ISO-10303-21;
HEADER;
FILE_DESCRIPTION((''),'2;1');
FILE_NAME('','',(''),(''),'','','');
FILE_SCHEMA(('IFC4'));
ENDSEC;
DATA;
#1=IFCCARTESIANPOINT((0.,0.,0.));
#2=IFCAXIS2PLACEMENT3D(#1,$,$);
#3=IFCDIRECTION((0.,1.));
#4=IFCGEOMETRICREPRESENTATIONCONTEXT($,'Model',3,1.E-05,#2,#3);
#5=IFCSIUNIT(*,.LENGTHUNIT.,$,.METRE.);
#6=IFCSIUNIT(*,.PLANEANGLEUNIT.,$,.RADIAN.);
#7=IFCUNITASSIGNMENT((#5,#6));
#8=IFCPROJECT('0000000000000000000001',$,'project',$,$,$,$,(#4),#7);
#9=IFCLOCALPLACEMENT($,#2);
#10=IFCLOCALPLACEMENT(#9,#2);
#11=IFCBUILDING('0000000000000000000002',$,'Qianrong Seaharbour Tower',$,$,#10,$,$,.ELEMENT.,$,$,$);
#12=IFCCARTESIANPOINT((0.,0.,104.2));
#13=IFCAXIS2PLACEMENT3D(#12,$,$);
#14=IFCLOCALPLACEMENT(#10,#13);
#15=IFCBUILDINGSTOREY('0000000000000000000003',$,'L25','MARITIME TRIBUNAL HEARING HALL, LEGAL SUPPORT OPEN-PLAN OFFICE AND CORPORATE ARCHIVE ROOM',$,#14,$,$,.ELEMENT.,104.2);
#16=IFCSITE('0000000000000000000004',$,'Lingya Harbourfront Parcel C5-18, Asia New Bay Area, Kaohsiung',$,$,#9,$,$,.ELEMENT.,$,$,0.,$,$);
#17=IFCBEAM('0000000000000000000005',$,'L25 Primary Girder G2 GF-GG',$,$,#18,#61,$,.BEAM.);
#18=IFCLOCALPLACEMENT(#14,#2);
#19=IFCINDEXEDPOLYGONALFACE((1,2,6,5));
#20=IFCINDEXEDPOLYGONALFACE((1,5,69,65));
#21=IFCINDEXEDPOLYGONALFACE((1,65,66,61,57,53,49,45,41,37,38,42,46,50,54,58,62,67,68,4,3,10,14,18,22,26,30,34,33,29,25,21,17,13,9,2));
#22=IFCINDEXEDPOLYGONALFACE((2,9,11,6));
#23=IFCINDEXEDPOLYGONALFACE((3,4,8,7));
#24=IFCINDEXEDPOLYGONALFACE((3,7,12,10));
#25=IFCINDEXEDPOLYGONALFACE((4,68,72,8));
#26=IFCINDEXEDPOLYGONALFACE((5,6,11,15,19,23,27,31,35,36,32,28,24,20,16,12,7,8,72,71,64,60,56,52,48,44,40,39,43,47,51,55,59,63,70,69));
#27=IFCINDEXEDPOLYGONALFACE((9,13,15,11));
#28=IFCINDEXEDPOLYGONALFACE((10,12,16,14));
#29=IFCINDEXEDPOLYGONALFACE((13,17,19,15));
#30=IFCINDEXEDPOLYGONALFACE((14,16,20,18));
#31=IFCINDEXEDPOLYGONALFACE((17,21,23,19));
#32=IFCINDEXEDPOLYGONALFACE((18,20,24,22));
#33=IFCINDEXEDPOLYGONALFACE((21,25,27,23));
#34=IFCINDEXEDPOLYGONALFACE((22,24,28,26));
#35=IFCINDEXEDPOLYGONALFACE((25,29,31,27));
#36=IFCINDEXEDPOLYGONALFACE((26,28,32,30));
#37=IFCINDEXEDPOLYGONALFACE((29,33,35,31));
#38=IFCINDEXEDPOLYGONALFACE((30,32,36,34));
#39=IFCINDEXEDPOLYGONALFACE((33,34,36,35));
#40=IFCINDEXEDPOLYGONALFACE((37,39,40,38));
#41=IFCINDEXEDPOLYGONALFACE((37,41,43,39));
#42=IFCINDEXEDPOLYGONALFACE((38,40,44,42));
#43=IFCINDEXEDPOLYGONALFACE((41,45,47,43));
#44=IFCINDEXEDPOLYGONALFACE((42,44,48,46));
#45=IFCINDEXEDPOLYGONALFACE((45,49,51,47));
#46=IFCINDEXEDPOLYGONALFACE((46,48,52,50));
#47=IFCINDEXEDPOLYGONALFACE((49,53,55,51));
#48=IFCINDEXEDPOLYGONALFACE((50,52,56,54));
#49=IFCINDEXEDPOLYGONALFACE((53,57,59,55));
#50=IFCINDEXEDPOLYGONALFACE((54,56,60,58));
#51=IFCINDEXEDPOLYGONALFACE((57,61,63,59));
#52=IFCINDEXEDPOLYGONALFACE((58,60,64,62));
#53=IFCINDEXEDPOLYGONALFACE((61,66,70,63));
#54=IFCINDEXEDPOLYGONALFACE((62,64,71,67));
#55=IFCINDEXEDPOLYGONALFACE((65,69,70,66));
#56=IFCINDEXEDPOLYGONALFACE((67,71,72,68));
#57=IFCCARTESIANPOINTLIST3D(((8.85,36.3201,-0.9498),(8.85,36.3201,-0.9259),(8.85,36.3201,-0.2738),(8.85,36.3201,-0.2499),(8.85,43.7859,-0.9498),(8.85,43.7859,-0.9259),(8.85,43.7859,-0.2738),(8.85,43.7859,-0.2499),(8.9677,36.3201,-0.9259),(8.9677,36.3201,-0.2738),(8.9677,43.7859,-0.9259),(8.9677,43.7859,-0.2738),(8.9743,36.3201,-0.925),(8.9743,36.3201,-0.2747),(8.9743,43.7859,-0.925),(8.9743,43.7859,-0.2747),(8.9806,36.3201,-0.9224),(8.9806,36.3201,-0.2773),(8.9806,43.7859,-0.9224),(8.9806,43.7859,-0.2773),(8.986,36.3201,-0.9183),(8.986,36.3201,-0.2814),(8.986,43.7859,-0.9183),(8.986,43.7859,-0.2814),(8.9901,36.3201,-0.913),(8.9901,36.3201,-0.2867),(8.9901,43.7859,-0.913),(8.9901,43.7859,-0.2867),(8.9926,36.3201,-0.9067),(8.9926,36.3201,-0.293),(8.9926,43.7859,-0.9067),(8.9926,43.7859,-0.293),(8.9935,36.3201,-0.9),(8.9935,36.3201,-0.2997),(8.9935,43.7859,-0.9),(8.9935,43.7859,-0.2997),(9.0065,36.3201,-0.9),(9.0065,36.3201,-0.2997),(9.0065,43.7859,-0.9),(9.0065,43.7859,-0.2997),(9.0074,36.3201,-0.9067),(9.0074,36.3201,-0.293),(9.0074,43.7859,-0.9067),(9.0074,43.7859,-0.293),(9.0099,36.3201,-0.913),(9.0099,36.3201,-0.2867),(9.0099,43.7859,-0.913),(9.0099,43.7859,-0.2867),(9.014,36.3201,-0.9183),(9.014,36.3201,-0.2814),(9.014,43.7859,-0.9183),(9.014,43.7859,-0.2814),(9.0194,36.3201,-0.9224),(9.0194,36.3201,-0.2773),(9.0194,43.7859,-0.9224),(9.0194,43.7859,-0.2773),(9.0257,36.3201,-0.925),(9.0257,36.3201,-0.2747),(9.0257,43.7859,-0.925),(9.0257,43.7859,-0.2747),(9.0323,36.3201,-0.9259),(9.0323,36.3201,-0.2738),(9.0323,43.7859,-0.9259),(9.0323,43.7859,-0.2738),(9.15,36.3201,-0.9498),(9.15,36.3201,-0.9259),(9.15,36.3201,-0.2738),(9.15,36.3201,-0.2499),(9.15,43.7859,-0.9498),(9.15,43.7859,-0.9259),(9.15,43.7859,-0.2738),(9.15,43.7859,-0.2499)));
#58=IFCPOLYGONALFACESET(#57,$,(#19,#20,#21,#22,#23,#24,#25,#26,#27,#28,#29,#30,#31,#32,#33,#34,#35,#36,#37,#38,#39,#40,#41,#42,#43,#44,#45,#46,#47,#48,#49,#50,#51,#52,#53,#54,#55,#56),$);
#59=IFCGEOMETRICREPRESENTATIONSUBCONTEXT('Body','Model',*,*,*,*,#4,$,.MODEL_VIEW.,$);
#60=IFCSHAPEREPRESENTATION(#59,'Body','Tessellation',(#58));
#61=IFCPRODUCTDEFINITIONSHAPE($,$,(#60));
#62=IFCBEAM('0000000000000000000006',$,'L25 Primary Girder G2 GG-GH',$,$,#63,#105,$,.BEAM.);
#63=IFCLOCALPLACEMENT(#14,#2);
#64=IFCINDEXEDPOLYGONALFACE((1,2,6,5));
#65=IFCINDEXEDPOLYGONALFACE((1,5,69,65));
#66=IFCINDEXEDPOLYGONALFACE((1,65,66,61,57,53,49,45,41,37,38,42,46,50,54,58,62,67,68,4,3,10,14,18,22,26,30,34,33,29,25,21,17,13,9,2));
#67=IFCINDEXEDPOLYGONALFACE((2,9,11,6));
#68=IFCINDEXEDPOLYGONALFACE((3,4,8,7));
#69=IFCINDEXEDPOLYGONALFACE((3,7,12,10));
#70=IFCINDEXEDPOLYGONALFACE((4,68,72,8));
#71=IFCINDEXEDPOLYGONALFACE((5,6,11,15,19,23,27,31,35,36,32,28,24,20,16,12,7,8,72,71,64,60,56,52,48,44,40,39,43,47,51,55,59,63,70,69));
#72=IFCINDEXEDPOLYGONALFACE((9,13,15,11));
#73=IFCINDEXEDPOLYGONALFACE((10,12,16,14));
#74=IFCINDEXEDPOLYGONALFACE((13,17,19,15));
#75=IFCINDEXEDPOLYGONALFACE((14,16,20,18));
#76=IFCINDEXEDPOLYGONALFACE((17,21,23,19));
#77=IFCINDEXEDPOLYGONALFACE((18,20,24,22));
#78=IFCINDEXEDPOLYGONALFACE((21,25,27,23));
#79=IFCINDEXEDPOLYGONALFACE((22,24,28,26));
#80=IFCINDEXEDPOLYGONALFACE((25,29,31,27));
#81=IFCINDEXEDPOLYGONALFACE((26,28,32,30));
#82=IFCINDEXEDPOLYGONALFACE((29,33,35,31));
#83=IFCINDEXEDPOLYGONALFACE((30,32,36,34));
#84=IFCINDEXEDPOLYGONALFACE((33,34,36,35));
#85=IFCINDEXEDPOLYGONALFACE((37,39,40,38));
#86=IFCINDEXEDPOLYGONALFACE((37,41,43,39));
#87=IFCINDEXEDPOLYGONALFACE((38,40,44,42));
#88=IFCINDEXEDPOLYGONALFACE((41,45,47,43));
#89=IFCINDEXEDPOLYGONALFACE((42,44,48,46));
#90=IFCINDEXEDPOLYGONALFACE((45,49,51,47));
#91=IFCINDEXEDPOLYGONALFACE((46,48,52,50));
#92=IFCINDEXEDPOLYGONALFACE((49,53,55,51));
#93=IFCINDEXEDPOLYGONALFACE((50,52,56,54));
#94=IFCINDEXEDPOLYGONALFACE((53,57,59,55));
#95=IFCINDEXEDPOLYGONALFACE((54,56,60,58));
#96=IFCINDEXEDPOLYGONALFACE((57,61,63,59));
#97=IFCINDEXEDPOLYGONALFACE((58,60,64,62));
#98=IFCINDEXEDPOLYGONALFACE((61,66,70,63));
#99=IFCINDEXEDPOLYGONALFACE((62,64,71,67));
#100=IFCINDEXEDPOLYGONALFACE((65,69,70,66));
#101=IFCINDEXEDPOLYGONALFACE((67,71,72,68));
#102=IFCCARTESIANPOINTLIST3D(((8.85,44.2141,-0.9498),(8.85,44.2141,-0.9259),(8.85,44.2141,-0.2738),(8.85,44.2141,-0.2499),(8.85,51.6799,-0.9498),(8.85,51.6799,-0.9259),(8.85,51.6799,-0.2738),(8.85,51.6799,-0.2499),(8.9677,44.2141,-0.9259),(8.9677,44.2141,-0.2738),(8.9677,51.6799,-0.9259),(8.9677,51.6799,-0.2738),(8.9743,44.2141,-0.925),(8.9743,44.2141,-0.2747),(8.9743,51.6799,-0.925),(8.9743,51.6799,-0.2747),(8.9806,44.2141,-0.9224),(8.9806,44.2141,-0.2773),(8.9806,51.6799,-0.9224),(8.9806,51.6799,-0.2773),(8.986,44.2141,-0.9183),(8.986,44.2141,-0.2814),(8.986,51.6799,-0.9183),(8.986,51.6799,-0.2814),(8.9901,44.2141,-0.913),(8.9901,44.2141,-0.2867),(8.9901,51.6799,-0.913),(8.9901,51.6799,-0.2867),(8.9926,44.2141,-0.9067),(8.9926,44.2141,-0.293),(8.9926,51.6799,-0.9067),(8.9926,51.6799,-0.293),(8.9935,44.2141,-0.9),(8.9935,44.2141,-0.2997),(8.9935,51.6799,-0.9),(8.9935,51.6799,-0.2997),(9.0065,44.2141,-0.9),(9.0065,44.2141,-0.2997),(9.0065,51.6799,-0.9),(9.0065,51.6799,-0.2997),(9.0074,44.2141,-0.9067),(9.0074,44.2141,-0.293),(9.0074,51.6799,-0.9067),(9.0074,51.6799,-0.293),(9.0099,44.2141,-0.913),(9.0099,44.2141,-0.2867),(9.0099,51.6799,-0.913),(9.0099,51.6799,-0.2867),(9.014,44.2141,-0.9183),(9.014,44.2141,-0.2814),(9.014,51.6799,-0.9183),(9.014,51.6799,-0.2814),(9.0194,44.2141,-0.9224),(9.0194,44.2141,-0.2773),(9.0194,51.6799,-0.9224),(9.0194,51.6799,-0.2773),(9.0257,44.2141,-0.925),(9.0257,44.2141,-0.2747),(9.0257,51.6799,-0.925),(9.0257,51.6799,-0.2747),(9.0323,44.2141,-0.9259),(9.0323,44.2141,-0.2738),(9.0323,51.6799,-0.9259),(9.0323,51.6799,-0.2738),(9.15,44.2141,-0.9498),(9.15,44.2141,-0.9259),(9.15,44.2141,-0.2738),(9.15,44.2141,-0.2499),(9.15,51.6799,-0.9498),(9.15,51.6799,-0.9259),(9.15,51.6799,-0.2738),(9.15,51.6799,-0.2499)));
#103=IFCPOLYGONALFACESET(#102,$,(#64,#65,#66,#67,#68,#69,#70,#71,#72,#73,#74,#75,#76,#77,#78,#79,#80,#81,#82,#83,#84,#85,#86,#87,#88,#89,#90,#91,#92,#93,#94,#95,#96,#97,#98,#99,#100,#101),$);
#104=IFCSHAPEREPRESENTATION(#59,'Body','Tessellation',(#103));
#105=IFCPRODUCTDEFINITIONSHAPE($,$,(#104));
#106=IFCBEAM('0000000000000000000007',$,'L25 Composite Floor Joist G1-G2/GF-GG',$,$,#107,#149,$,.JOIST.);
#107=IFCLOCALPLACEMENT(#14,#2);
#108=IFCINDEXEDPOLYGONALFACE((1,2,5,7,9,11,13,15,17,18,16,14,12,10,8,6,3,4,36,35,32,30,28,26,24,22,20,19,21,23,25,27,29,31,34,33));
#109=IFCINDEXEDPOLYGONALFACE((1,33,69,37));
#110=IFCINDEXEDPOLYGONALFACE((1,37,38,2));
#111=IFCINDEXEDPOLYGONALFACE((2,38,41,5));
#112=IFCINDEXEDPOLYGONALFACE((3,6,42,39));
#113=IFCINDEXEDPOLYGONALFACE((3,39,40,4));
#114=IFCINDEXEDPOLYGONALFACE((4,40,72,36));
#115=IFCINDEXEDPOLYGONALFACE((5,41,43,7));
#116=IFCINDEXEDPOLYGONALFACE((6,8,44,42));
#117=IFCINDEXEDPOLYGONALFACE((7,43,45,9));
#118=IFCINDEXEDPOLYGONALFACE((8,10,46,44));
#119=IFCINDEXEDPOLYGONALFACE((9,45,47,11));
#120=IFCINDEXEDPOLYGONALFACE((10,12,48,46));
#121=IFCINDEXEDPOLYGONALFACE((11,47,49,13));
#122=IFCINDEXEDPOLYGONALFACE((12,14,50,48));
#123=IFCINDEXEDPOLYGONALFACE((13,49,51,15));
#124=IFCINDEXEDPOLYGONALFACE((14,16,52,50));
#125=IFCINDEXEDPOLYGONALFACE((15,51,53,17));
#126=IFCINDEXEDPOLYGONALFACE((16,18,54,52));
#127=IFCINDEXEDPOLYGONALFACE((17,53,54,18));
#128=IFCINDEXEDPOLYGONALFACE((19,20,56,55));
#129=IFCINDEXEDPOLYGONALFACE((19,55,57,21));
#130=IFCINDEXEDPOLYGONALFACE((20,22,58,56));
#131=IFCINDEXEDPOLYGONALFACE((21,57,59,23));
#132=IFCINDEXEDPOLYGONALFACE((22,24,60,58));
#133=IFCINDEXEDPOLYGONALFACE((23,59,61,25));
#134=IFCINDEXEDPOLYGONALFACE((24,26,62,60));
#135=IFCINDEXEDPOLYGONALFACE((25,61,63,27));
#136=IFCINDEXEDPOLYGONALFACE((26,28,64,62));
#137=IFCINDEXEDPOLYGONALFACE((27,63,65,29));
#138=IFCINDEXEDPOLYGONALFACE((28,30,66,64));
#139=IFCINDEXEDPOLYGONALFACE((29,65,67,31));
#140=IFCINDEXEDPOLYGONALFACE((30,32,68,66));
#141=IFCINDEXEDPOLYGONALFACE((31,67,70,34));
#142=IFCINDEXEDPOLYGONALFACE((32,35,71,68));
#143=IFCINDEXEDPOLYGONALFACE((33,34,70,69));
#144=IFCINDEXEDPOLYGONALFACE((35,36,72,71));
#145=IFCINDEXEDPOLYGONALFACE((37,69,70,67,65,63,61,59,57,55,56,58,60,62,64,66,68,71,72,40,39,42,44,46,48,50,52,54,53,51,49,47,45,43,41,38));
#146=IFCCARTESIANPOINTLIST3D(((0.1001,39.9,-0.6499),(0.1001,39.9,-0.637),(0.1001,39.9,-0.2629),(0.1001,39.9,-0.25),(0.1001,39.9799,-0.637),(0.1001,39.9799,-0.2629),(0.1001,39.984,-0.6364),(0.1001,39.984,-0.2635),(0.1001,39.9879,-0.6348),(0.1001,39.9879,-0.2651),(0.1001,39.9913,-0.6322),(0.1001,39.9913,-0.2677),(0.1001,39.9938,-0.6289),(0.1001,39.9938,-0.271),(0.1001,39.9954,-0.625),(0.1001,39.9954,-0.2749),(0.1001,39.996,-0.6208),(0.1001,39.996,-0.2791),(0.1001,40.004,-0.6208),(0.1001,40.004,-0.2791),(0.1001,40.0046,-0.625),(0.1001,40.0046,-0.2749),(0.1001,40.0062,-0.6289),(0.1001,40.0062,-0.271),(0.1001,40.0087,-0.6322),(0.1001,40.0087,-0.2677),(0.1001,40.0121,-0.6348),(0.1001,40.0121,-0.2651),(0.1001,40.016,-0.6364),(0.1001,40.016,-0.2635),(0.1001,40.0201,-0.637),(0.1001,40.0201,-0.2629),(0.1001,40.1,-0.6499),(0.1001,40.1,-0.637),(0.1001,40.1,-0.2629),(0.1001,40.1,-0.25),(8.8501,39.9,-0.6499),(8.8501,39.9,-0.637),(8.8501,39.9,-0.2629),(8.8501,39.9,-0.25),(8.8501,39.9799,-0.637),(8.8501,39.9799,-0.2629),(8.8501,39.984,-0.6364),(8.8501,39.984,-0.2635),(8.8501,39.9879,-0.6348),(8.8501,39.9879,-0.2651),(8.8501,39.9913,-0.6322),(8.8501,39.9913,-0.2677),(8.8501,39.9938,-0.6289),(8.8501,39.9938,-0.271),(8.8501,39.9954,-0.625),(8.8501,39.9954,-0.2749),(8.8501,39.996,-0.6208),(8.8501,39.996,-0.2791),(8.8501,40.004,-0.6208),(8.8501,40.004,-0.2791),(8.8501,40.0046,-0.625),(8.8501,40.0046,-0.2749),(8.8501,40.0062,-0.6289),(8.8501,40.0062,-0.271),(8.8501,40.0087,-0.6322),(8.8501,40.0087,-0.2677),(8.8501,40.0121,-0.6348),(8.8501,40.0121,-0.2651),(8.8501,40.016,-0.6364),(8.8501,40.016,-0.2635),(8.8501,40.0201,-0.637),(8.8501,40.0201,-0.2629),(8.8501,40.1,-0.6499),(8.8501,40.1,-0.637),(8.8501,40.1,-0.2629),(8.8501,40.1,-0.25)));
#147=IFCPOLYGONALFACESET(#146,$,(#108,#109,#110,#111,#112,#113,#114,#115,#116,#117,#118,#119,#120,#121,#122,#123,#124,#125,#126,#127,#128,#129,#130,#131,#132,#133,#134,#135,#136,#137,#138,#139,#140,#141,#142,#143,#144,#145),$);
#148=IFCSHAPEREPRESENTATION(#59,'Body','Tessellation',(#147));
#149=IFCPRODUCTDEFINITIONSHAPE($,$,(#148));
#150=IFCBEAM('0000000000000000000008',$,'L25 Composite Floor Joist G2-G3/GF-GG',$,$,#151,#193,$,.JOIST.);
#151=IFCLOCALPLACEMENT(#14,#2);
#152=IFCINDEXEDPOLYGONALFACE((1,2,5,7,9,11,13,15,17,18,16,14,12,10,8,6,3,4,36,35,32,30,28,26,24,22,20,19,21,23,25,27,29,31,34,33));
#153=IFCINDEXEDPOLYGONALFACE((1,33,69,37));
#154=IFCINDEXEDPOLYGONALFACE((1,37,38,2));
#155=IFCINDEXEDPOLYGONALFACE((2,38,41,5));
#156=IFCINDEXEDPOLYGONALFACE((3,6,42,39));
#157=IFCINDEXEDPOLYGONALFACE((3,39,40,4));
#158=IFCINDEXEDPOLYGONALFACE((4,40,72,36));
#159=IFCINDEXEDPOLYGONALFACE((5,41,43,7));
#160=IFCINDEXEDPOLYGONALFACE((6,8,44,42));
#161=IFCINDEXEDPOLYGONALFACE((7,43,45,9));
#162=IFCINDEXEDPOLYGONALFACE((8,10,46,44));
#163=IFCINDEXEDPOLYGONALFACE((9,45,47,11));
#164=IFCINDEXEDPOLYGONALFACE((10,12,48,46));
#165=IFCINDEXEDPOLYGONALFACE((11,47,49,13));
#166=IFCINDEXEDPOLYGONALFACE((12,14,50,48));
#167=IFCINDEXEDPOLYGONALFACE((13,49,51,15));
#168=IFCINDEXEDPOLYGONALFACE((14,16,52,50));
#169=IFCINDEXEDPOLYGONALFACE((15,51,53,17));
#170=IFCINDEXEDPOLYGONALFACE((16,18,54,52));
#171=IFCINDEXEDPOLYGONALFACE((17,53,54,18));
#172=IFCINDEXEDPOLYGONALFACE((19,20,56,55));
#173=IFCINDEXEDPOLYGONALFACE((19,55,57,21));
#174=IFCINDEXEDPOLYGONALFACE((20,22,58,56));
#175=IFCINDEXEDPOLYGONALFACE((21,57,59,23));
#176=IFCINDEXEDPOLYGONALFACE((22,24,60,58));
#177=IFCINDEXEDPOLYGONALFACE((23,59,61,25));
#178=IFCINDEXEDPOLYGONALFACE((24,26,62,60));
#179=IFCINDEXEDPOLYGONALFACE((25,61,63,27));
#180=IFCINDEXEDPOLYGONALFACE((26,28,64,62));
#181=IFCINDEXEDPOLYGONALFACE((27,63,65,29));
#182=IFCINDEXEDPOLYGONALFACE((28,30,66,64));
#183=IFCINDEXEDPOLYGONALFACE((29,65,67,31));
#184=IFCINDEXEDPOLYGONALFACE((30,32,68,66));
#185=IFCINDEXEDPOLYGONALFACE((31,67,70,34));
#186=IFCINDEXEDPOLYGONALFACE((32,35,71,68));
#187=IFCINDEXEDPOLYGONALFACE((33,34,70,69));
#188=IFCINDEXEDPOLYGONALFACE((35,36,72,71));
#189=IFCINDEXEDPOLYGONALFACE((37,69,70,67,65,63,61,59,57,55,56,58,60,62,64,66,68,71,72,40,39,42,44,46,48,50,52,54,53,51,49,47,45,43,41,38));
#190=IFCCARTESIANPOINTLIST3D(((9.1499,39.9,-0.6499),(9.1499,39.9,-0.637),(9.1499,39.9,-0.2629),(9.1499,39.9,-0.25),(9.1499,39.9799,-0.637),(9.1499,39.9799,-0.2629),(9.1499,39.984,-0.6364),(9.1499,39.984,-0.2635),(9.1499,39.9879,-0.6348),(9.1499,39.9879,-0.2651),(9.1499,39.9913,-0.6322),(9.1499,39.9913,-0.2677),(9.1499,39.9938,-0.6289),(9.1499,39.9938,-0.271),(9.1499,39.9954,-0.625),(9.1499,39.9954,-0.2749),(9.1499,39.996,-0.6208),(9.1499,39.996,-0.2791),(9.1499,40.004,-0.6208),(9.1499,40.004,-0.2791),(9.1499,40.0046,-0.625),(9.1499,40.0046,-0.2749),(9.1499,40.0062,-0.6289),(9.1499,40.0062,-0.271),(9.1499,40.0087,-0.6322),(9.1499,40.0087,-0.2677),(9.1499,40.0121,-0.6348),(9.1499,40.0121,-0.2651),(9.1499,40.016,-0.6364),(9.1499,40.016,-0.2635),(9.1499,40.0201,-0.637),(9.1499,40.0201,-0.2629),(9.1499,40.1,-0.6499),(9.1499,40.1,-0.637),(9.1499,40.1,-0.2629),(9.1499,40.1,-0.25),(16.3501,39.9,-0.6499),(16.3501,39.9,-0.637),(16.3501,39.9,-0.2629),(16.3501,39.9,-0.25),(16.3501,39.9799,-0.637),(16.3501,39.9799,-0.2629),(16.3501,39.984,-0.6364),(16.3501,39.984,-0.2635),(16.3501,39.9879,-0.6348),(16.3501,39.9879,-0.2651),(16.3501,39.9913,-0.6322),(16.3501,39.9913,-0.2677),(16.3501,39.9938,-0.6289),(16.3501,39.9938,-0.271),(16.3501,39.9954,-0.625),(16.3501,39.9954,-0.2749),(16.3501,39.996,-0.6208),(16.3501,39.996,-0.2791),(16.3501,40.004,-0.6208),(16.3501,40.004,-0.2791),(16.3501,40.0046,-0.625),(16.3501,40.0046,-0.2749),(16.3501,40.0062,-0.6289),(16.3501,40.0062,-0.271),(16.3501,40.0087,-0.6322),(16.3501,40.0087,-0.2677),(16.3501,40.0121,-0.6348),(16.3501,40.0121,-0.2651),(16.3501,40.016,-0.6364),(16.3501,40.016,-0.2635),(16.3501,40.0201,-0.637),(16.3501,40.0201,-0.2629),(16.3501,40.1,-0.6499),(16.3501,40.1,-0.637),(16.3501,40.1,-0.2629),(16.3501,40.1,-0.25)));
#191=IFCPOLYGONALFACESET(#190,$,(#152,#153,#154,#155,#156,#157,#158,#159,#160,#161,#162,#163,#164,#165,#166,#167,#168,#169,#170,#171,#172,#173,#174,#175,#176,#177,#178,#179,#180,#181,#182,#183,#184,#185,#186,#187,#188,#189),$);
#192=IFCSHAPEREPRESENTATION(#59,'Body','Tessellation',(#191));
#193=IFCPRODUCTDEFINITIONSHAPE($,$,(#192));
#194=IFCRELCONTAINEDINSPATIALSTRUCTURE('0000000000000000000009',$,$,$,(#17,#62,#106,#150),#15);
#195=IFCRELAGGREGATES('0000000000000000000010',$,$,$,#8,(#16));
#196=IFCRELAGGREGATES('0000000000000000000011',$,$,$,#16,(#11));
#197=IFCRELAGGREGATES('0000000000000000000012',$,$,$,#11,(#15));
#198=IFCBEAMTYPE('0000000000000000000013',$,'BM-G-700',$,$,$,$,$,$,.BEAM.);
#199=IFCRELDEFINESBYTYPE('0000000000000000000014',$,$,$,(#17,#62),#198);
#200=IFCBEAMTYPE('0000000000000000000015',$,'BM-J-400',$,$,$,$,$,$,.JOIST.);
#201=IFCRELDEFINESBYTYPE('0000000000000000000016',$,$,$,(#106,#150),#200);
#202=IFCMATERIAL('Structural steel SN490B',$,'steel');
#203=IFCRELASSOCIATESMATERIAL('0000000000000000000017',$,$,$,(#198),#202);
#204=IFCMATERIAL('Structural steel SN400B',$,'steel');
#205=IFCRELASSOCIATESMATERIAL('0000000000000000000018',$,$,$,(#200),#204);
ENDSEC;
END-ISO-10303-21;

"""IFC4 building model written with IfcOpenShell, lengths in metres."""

from ifc_helpers import new_model, si_unit, direction, frame, origin, origin_2d, place, context, subcontext, project, spatial, i_section, extrude, material, material_profile, profile_set, type_object, element, save


model = new_model("IFC4")

# Units and contexts
model_context = context("Model", 3, precision=1e-05, world=origin(), true_north=direction((0.0, 1.0)))
body_context = subcontext(model_context, "Body", "Model", "MODEL_VIEW")
ifc_project = project(units=[si_unit("LENGTHUNIT", "METRE"), si_unit("PLANEANGLEUNIT", "RADIAN")], contexts=[model_context])

# Site, building, storey
site_placement = place(None, origin())
site = spatial("IfcSite", under=ifc_project, at=site_placement, Name="Lingya Harbourfront Parcel C5-18, Asia New Bay Area, Kaohsiung", CompositionType="ELEMENT", RefElevation=0.0)
building_placement = place(site_placement, origin())
building = spatial("IfcBuilding", under=site, at=building_placement, Name="Qianrong Seaharbour Tower", CompositionType="ELEMENT")
storey_placement = place(building_placement, frame((0.0, 0.0, 104.2)))
storey = spatial("IfcBuildingStorey", under=building, at=storey_placement, Name="L25", Description="MARITIME TRIBUNAL HEARING HALL, LEGAL SUPPORT OPEN-PLAN OFFICE AND CORPORATE ARCHIVE ROOM", CompositionType="ELEMENT", Elevation=104.2)

# Shared definitions
ifc_material_1 = material(Name="Structural steel SN490B", Category="steel")

# Beams
ifc_material_profile_1 = material_profile(ifc_material_1, i_section(OverallWidth=0.3, OverallDepth=0.7, WebThickness=0.0129, FlangeThickness=0.0239, FilletRadius=0.0259, at=origin_2d()), Name="H700x300x13x24")
ifc_profile_set_1 = profile_set([ifc_material_profile_1], Name="Structural steel SN490B")
beam_type_1 = type_object("IfcBeamType", Name="BM-G-700", PredefinedType="BEAM", material=ifc_profile_set_1)
for number, where, z_axis, x_axis, name in (
    (1, (9.0, 36.3201, -0.5999), (0.0, 1.0, 0.0), (-1.0, 0.0, 0.0), "L25 Primary Girder G2 GF-GG"),
    (2, (9.0, 44.2141, -0.5999), (0.0, 1.0, 0.0), (-1.0, 0.0, 0.0), "L25 Primary Girder G2 GG-GH"),
):
    element("IfcBeam", number, at=place(storey_placement, frame(where, z_axis=z_axis, x_axis=x_axis)), inside=storey, type_object=beam_type_1, Name=name, PredefinedType="BEAM", context=body_context, shape_type="SweptSolid", body=[
        extrude(i_section(OverallWidth=0.3, OverallDepth=0.7, WebThickness=0.0129, FlangeThickness=0.0239, FilletRadius=0.0259, at=origin_2d()), origin(), (0.0, 0.0, 1.0), 7.4658),
    ])
ifc_material_2 = material(Name="Structural steel SN400B", Category="steel")
ifc_material_profile_2 = material_profile(ifc_material_2, i_section(OverallWidth=0.2, OverallDepth=0.3999, WebThickness=0.0081, FlangeThickness=0.0129, FilletRadius=0.0161, at=origin_2d()), Name="H400x200x8x13")
ifc_profile_set_2 = profile_set([ifc_material_profile_2], Name="Structural steel SN400B")
beam_type_2 = type_object("IfcBeamType", Name="BM-J-400", PredefinedType="JOIST", material=ifc_profile_set_2)
beam_1_placement = place(storey_placement, frame((0.1001, 40.0, -0.45), z_axis=(1.0, 0.0, 0.0), x_axis=(0.0, 1.0, 0.0)))
element("IfcBeam", 3, at=beam_1_placement, inside=storey, type_object=beam_type_2, Name="L25 Composite Floor Joist G1-G2/GF-GG", PredefinedType="JOIST", context=body_context, shape_type="SweptSolid", body=[
    extrude(i_section(OverallWidth=0.2, OverallDepth=0.3999, WebThickness=0.0081, FlangeThickness=0.0129, FilletRadius=0.0161, at=origin_2d()), origin(), (0.0, 0.0, 1.0), 8.75),
])
for number, where, z_axis, x_axis, name in (
    (4, (9.1499, 40.0, -0.45), (1.0, 0.0, 0.0), (0.0, 1.0, 0.0), "L25 Composite Floor Joist G2-G3/GF-GG"),
):
    element("IfcBeam", number, at=place(storey_placement, frame(where, z_axis=z_axis, x_axis=x_axis)), inside=storey, type_object=beam_type_2, Name=name, PredefinedType="JOIST", context=body_context, shape_type="SweptSolid", body=[
        extrude(i_section(OverallWidth=0.2, OverallDepth=0.3999, WebThickness=0.0081, FlangeThickness=0.0129, FilletRadius=0.0161, at=origin_2d()), origin(), (0.0, 0.0, 1.0), 7.2002),
    ])

save(model, "model.ifc")
